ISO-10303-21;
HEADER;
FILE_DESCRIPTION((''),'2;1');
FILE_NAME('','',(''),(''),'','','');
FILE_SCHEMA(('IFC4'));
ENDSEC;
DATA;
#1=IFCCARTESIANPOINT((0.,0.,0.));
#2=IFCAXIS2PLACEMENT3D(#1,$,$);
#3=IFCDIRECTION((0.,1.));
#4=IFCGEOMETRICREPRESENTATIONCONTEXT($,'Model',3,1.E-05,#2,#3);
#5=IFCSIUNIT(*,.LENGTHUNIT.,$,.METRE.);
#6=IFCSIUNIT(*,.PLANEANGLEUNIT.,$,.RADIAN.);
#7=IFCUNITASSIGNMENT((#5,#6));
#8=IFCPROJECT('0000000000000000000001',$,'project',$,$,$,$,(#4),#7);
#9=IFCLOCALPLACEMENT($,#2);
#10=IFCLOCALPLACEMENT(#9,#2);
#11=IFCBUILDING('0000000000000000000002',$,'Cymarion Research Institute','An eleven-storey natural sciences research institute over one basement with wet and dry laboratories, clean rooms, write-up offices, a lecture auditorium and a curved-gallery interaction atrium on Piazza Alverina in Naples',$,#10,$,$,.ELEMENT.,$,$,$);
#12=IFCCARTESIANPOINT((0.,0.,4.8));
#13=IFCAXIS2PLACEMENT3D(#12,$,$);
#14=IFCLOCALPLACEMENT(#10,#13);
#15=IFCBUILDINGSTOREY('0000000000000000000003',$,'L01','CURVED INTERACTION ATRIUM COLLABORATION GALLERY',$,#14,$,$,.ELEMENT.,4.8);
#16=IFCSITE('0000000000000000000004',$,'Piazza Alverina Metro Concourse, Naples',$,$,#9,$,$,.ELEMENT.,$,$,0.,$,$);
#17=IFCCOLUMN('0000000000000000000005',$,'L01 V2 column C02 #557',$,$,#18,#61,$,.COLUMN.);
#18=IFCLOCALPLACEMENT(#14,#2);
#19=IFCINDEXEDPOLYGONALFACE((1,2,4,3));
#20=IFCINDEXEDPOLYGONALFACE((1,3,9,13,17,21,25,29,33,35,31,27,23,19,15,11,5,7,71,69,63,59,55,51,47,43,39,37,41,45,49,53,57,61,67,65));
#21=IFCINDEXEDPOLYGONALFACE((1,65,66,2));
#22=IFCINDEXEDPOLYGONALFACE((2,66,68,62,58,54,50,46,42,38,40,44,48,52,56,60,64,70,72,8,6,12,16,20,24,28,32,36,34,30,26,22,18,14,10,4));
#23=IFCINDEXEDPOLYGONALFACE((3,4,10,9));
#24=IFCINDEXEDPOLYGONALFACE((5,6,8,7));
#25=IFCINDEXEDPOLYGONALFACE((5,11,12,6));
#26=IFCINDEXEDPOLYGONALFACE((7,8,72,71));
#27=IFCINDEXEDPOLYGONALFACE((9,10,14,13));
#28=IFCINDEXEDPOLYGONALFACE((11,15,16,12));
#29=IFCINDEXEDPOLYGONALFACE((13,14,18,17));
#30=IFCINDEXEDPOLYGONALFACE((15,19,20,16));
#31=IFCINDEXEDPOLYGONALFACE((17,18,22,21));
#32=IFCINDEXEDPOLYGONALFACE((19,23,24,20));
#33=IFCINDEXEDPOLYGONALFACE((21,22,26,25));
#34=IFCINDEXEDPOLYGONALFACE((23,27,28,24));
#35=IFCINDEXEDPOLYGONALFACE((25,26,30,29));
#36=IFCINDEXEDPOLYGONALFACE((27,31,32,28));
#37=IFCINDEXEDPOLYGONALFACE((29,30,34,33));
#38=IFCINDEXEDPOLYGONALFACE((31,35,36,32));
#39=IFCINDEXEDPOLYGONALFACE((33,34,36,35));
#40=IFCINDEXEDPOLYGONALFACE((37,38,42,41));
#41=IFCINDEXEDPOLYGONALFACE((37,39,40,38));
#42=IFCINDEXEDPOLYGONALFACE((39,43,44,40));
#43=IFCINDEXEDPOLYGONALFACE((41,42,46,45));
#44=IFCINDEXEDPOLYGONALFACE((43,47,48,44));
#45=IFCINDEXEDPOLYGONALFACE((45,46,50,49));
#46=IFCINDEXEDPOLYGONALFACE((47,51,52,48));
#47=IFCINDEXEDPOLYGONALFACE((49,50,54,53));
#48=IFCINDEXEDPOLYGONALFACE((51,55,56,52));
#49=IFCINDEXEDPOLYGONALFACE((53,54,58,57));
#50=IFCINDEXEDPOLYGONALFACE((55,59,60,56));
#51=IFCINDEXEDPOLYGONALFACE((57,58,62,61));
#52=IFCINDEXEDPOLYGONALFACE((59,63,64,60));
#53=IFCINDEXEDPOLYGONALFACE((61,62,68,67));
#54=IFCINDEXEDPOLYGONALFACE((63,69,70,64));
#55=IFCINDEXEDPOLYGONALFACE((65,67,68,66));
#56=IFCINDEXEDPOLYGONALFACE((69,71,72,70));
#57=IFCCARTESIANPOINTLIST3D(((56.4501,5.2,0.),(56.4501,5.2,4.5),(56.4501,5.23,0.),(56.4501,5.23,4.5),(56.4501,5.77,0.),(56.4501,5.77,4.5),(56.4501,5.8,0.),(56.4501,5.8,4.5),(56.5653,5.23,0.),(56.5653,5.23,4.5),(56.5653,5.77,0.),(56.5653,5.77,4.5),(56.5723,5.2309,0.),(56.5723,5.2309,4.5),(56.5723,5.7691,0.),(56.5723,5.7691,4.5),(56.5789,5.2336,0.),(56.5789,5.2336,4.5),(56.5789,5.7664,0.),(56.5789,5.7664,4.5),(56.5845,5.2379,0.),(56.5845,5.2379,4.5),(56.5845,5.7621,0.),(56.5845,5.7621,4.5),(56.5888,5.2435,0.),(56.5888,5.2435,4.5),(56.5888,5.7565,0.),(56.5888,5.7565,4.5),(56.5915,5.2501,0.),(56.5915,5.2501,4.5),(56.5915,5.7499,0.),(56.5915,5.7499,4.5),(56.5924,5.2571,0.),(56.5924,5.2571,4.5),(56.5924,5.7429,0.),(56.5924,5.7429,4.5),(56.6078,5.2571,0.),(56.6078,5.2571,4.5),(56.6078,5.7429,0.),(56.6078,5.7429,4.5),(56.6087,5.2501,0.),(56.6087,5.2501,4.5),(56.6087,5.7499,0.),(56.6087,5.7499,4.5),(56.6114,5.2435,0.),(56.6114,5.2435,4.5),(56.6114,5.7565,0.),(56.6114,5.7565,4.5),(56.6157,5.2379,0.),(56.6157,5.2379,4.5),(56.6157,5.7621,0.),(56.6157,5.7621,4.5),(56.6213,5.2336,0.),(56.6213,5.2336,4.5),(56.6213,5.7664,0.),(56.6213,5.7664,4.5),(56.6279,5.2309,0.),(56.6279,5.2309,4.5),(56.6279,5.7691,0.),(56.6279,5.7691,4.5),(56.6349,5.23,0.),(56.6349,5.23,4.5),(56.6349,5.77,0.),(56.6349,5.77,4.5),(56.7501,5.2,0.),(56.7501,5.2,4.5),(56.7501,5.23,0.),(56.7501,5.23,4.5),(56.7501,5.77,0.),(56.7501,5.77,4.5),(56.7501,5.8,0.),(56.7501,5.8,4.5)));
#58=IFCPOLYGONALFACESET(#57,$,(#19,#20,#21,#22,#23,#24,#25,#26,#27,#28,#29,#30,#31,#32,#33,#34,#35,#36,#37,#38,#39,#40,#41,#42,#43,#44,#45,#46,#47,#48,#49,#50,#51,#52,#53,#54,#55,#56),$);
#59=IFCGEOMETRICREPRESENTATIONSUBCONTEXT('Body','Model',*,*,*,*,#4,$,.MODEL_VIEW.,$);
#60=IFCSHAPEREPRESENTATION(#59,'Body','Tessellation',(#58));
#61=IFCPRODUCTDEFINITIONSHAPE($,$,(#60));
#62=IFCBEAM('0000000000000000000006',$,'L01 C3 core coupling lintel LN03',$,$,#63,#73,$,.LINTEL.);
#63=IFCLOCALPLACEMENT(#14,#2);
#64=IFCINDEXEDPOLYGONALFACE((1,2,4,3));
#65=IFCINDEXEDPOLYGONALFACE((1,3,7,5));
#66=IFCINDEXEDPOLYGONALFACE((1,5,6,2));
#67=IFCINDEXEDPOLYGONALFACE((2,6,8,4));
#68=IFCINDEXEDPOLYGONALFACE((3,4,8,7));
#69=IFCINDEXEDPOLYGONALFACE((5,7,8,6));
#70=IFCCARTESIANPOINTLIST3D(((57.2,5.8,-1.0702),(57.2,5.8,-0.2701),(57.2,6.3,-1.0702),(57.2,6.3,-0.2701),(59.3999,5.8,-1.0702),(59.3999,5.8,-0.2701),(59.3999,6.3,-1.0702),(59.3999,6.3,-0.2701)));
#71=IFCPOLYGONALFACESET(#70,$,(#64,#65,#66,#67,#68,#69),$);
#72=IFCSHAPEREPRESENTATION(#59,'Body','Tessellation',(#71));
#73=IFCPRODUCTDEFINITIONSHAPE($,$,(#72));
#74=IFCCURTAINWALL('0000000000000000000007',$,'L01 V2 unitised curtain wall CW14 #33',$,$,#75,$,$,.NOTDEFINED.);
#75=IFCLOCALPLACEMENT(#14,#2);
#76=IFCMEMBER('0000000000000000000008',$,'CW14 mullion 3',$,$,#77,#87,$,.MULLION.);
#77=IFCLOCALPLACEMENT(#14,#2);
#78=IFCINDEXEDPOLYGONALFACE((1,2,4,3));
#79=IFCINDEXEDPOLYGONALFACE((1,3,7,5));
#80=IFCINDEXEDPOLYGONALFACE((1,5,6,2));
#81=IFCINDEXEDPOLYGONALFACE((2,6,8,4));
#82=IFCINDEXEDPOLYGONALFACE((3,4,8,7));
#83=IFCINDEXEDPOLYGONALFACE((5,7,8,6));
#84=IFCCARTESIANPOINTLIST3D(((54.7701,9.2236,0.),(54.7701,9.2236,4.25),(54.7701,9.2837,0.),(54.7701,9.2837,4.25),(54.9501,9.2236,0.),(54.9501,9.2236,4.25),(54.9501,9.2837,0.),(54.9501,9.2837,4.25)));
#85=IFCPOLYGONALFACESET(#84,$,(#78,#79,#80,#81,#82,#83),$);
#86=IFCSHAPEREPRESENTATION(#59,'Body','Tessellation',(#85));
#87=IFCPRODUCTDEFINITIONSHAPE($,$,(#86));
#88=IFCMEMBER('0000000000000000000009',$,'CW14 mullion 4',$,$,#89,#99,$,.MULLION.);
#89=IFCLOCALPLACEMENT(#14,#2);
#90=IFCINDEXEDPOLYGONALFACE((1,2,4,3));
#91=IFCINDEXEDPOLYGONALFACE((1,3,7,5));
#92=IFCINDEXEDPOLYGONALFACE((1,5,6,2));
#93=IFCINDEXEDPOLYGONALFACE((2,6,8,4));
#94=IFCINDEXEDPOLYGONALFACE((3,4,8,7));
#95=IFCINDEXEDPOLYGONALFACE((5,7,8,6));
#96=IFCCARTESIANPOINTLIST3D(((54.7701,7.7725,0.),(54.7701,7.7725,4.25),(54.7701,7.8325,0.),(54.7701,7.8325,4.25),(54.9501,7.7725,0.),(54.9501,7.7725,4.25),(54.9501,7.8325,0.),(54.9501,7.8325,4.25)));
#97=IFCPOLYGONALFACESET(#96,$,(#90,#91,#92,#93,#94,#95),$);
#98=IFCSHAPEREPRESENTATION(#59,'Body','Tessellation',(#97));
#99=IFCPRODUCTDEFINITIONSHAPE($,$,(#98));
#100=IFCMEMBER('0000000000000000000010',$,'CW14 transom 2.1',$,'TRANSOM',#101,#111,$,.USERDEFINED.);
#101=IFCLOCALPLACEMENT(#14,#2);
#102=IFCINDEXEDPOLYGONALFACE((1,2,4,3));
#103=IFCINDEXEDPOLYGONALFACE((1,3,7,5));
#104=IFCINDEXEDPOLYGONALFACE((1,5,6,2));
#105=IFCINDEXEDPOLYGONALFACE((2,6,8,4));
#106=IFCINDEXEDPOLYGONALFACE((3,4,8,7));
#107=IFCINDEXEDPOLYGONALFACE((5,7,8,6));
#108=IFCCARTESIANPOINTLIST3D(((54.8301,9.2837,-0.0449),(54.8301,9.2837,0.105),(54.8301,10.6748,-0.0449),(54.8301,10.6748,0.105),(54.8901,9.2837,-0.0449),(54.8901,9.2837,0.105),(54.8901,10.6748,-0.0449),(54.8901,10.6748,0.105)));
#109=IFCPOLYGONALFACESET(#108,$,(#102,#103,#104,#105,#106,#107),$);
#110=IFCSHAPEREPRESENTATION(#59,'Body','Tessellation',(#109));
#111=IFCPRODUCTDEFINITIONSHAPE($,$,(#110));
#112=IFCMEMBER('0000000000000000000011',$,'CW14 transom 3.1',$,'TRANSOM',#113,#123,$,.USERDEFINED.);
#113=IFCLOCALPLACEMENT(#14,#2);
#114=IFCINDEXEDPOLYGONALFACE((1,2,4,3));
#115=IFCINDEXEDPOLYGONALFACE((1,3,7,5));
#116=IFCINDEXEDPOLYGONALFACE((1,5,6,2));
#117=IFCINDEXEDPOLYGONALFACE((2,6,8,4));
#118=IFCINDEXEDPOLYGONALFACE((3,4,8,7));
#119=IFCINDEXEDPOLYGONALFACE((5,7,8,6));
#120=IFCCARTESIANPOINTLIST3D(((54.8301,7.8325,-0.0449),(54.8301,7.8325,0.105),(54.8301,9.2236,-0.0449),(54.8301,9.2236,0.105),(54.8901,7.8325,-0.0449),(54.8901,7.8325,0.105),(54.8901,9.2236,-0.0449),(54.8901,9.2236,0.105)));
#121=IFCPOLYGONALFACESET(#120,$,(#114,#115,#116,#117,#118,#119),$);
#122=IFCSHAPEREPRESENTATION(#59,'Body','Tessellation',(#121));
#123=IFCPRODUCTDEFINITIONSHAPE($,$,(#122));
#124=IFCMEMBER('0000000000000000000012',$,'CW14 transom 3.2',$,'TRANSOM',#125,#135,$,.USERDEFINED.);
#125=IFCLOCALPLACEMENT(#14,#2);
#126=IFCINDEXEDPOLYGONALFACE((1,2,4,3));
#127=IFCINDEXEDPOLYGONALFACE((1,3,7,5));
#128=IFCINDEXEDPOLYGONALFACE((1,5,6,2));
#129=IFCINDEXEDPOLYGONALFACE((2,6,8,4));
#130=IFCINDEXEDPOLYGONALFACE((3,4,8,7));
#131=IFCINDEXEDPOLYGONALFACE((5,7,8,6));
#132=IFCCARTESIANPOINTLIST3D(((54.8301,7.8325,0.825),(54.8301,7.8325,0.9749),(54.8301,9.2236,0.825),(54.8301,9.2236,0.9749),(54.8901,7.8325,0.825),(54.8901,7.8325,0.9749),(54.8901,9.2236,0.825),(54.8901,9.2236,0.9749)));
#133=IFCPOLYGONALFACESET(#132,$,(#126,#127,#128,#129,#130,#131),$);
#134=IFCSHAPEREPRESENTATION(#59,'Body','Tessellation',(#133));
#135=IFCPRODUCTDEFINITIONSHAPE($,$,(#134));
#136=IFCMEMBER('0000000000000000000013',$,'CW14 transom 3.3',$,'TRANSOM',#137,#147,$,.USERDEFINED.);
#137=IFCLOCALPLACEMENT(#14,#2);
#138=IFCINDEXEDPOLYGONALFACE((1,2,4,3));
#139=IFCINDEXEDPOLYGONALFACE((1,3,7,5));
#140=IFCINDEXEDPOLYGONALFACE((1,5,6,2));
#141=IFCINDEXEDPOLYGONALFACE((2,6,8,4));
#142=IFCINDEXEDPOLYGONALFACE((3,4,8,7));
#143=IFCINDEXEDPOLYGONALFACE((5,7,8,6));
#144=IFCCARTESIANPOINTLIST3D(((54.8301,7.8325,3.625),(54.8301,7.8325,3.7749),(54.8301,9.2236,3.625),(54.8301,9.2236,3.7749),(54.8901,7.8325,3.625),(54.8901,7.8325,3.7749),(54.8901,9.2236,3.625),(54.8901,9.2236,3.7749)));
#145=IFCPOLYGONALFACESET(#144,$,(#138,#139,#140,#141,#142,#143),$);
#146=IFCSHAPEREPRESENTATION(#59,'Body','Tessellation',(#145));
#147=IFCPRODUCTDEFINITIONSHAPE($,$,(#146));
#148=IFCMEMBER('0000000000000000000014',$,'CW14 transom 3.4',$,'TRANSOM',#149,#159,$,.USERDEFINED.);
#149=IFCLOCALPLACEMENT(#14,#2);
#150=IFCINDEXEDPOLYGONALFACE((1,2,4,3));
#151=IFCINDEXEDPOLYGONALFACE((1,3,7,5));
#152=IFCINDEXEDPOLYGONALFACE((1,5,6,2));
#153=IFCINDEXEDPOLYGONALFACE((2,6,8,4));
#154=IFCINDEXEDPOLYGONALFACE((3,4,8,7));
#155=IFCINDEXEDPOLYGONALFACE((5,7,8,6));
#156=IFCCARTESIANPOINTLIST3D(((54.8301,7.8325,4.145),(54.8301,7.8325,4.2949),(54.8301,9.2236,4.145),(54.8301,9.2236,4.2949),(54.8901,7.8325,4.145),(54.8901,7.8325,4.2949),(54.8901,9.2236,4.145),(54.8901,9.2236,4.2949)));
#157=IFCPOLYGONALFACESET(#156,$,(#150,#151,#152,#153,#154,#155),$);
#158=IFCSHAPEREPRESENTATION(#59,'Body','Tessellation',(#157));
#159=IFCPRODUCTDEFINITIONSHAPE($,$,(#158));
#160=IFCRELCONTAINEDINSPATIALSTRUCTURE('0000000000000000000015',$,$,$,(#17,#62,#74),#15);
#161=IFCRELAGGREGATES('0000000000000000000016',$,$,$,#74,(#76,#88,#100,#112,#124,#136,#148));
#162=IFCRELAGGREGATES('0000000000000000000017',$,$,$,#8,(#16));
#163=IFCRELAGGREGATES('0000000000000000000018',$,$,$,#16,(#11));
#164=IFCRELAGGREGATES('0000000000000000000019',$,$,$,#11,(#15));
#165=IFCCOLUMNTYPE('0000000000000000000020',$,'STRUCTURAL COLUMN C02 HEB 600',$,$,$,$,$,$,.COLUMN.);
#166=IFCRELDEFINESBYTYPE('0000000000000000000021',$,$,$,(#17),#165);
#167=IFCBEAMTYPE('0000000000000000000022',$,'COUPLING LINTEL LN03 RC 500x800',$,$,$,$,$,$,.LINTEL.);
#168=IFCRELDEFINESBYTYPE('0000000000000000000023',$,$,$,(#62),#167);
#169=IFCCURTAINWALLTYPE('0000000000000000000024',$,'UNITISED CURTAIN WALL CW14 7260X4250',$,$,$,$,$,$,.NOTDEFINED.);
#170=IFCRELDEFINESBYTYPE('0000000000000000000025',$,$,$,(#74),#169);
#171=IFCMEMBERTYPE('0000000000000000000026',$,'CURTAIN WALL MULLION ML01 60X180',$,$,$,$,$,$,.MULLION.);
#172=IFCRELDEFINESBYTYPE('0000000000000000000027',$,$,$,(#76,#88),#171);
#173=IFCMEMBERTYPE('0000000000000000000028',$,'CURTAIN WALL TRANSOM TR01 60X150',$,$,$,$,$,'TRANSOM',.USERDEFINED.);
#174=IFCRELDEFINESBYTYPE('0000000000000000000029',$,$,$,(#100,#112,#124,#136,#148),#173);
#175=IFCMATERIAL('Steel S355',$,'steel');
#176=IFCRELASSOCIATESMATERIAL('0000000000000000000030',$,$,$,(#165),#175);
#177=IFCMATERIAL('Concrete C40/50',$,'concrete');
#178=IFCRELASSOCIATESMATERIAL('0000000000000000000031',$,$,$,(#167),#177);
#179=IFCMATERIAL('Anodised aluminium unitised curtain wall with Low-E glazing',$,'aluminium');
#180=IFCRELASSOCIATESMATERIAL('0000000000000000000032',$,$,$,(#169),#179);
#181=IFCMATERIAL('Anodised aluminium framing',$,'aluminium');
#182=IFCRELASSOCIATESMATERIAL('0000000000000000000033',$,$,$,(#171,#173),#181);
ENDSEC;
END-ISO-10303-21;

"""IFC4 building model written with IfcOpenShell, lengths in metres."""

from ifc_helpers import new_model, si_unit, direction, frame, origin, origin_2d, place, context, subcontext, project, spatial, rectangle, i_section, extrude, material, material_profile, profile_set, type_object, element, aggregate, save


model = new_model("IFC4")

# Units and contexts
model_context = context("Model", 3, precision=1e-05, world=origin(), true_north=direction((0.0, 1.0)))
body_context = subcontext(model_context, "Body", "Model", "MODEL_VIEW")
ifc_project = project(units=[si_unit("LENGTHUNIT", "METRE"), si_unit("PLANEANGLEUNIT", "RADIAN")], contexts=[model_context])

# Site, building, storey
site_placement = place(None, origin())
site = spatial("IfcSite", under=ifc_project, at=site_placement, Name="Piazza Alverina Metro Concourse, Naples", CompositionType="ELEMENT", RefElevation=0.0)
building_placement = place(site_placement, origin())
building = spatial("IfcBuilding", under=site, at=building_placement, Name="Cymarion Research Institute", Description="An eleven-storey natural sciences research institute over one basement with wet and dry laboratories, clean rooms, write-up offices, a lecture auditorium and a curved-gallery interaction atrium on Piazza Alverina in Naples", CompositionType="ELEMENT")
storey_placement = place(building_placement, frame((0.0, 0.0, 4.8)))
storey = spatial("IfcBuildingStorey", under=building, at=storey_placement, Name="L01", Description="CURVED INTERACTION ATRIUM COLLABORATION GALLERY", CompositionType="ELEMENT", Elevation=4.8)

# Column
ifc_material_1 = material(Name="Steel S355", Category="steel")
ifc_material_profile_1 = material_profile(ifc_material_1, i_section(OverallWidth=0.3, OverallDepth=0.6001, WebThickness=0.0154, FlangeThickness=0.03, FilletRadius=0.0271, at=origin_2d()), Name="HEB 600")
ifc_profile_set_1 = profile_set([ifc_material_profile_1], Name="Steel S355")
column_type = type_object("IfcColumnType", Name="STRUCTURAL COLUMN C02 HEB 600", PredefinedType="COLUMN", material=ifc_profile_set_1)
column_placement = place(storey_placement, frame((56.6001, 5.5, 0.0), z_axis=(0.0, 0.0, 1.0), x_axis=(1.0, 0.0, 0.0)))
element("IfcColumn", 1, at=column_placement, inside=storey, type_object=column_type, Name="L01 V2 column C02 #557", PredefinedType="COLUMN", context=body_context, shape_type="SweptSolid", body=[
    extrude(i_section(OverallWidth=0.3, OverallDepth=0.6001, WebThickness=0.0154, FlangeThickness=0.03, FilletRadius=0.0271, at=origin_2d()), origin(), (0.0, 0.0, 1.0), 4.5),
])

# Beam
ifc_material_2 = material(Name="Concrete C40/50", Category="concrete")
ifc_material_profile_2 = material_profile(ifc_material_2, rectangle(XDim=0.5, YDim=0.8, at=origin_2d()), Name="RC 500x800")
ifc_profile_set_2 = profile_set([ifc_material_profile_2], Name="Concrete C40/50")
beam_type_1 = type_object("IfcBeamType", Name="COUPLING LINTEL LN03 RC 500x800", PredefinedType="LINTEL", material=ifc_profile_set_2)
beam_1_placement = place(storey_placement, frame((57.2, 6.05, -0.6702), z_axis=(1.0, 0.0, 0.0), x_axis=(0.0, 1.0, 0.0)))
element("IfcBeam", 2, at=beam_1_placement, inside=storey, type_object=beam_type_1, Name="L01 C3 core coupling lintel LN03", PredefinedType="LINTEL", context=body_context, shape_type="SweptSolid", body=[
    extrude(rectangle(XDim=0.5, YDim=0.8, at=origin_2d()), origin(), (0.0, 0.0, 1.0), 2.2),
])

# Curtain wall, members
ifc_material_3 = material(Name="Anodised aluminium unitised curtain wall with Low-E glazing", Category="aluminium")
curtain_wall_type = type_object("IfcCurtainWallType", Name="UNITISED CURTAIN WALL CW14 7260X4250", PredefinedType="NOTDEFINED", material=ifc_material_3)
curtain_wall_placement = place(storey_placement, origin())
curtain_wall = element("IfcCurtainWall", 3, at=curtain_wall_placement, inside=storey, type_object=curtain_wall_type, Name="L01 V2 unitised curtain wall CW14 #33", PredefinedType="NOTDEFINED")
ifc_material_4 = material(Name="Anodised aluminium framing", Category="aluminium")
ifc_material_profile_3 = material_profile(ifc_material_4, rectangle(XDim=0.0601, YDim=0.1799, at=origin_2d()), Name="ALU MULLION 60x180")
ifc_profile_set_3 = profile_set([ifc_material_profile_3], Name="Anodised aluminium framing")
member_type_1 = type_object("IfcMemberType", Name="CURTAIN WALL MULLION ML01 60X180", PredefinedType="MULLION", material=ifc_profile_set_3)
member_1_placement = place(storey_placement, frame((54.8601, 9.2537, 0.0), z_axis=(0.0, 0.0, 1.0), x_axis=(0.0, -1.0, 0.0)))
member_1 = element("IfcMember", 4, at=member_1_placement, type_object=member_type_1, Name="CW14 mullion 3", PredefinedType="MULLION", context=body_context, shape_type="SweptSolid", body=[
    extrude(rectangle(XDim=0.0601, YDim=0.1799, at=origin_2d()), origin(), (0.0, 0.0, 1.0), 4.25),
])
member_2_placement = place(storey_placement, frame((54.8601, 7.8025, 0.0), z_axis=(0.0, 0.0, 1.0), x_axis=(0.0, -1.0, 0.0)))
member_2 = element("IfcMember", 5, at=member_2_placement, type_object=member_type_1, Name="CW14 mullion 4", PredefinedType="MULLION", context=body_context, shape_type="SweptSolid", body=[
    extrude(rectangle(XDim=0.0601, YDim=0.1799, at=origin_2d()), origin(), (0.0, 0.0, 1.0), 4.25),
])
ifc_material_profile_4 = material_profile(ifc_material_4, rectangle(XDim=0.0601, YDim=0.1499, at=origin_2d()), Name="ALU TRANSOM 60x150")
ifc_profile_set_4 = profile_set([ifc_material_profile_4], Name="Anodised aluminium framing")
member_type_2 = type_object("IfcMemberType", Name="CURTAIN WALL TRANSOM TR01 60X150", ElementType="TRANSOM", PredefinedType="USERDEFINED", material=ifc_profile_set_4)
member_3_placement = place(storey_placement, frame((54.8601, 10.6748, 0.03), z_axis=(0.0, -1.0, 0.0), x_axis=(1.0, 0.0, 0.0)))
member_3 = element("IfcMember", 6, at=member_3_placement, type_object=member_type_2, Name="CW14 transom 2.1", ObjectType="TRANSOM", PredefinedType="USERDEFINED", context=body_context, shape_type="SweptSolid", body=[
    extrude(rectangle(XDim=0.0601, YDim=0.1499, at=origin_2d()), origin(), (0.0, 0.0, 1.0), 1.3911),
])
member_4_placement = place(storey_placement, frame((54.8601, 9.2236, 0.03), z_axis=(0.0, -1.0, 0.0), x_axis=(1.0, 0.0, 0.0)))
member_4 = element("IfcMember", 7, at=member_4_placement, type_object=member_type_2, Name="CW14 transom 3.1", ObjectType="TRANSOM", PredefinedType="USERDEFINED", context=body_context, shape_type="SweptSolid", body=[
    extrude(rectangle(XDim=0.0601, YDim=0.1499, at=origin_2d()), origin(), (0.0, 0.0, 1.0), 1.3911),
])
member_5_placement = place(storey_placement, frame((54.8601, 9.2236, 0.8999), z_axis=(0.0, -1.0, 0.0), x_axis=(1.0, 0.0, 0.0)))
member_5 = element("IfcMember", 8, at=member_5_placement, type_object=member_type_2, Name="CW14 transom 3.2", ObjectType="TRANSOM", PredefinedType="USERDEFINED", context=body_context, shape_type="SweptSolid", body=[
    extrude(rectangle(XDim=0.0601, YDim=0.1499, at=origin_2d()), origin(), (0.0, 0.0, 1.0), 1.3911),
])
member_6_placement = place(storey_placement, frame((54.8601, 9.2236, 3.7), z_axis=(0.0, -1.0, 0.0), x_axis=(1.0, 0.0, 0.0)))
member_6 = element("IfcMember", 9, at=member_6_placement, type_object=member_type_2, Name="CW14 transom 3.3", ObjectType="TRANSOM", PredefinedType="USERDEFINED", context=body_context, shape_type="SweptSolid", body=[
    extrude(rectangle(XDim=0.0601, YDim=0.1499, at=origin_2d()), origin(), (0.0, 0.0, 1.0), 1.3911),
])
member_7_placement = place(storey_placement, frame((54.8601, 9.2236, 4.22), z_axis=(0.0, -1.0, 0.0), x_axis=(1.0, 0.0, 0.0)))
member_7 = element("IfcMember", 10, at=member_7_placement, type_object=member_type_2, Name="CW14 transom 3.4", ObjectType="TRANSOM", PredefinedType="USERDEFINED", context=body_context, shape_type="SweptSolid", body=[
    extrude(rectangle(XDim=0.0601, YDim=0.1499, at=origin_2d()), origin(), (0.0, 0.0, 1.0), 1.3911),
])

aggregate(curtain_wall, [member_1, member_2, member_3, member_4, member_5, member_6, member_7])

save(model, "model.ifc")
